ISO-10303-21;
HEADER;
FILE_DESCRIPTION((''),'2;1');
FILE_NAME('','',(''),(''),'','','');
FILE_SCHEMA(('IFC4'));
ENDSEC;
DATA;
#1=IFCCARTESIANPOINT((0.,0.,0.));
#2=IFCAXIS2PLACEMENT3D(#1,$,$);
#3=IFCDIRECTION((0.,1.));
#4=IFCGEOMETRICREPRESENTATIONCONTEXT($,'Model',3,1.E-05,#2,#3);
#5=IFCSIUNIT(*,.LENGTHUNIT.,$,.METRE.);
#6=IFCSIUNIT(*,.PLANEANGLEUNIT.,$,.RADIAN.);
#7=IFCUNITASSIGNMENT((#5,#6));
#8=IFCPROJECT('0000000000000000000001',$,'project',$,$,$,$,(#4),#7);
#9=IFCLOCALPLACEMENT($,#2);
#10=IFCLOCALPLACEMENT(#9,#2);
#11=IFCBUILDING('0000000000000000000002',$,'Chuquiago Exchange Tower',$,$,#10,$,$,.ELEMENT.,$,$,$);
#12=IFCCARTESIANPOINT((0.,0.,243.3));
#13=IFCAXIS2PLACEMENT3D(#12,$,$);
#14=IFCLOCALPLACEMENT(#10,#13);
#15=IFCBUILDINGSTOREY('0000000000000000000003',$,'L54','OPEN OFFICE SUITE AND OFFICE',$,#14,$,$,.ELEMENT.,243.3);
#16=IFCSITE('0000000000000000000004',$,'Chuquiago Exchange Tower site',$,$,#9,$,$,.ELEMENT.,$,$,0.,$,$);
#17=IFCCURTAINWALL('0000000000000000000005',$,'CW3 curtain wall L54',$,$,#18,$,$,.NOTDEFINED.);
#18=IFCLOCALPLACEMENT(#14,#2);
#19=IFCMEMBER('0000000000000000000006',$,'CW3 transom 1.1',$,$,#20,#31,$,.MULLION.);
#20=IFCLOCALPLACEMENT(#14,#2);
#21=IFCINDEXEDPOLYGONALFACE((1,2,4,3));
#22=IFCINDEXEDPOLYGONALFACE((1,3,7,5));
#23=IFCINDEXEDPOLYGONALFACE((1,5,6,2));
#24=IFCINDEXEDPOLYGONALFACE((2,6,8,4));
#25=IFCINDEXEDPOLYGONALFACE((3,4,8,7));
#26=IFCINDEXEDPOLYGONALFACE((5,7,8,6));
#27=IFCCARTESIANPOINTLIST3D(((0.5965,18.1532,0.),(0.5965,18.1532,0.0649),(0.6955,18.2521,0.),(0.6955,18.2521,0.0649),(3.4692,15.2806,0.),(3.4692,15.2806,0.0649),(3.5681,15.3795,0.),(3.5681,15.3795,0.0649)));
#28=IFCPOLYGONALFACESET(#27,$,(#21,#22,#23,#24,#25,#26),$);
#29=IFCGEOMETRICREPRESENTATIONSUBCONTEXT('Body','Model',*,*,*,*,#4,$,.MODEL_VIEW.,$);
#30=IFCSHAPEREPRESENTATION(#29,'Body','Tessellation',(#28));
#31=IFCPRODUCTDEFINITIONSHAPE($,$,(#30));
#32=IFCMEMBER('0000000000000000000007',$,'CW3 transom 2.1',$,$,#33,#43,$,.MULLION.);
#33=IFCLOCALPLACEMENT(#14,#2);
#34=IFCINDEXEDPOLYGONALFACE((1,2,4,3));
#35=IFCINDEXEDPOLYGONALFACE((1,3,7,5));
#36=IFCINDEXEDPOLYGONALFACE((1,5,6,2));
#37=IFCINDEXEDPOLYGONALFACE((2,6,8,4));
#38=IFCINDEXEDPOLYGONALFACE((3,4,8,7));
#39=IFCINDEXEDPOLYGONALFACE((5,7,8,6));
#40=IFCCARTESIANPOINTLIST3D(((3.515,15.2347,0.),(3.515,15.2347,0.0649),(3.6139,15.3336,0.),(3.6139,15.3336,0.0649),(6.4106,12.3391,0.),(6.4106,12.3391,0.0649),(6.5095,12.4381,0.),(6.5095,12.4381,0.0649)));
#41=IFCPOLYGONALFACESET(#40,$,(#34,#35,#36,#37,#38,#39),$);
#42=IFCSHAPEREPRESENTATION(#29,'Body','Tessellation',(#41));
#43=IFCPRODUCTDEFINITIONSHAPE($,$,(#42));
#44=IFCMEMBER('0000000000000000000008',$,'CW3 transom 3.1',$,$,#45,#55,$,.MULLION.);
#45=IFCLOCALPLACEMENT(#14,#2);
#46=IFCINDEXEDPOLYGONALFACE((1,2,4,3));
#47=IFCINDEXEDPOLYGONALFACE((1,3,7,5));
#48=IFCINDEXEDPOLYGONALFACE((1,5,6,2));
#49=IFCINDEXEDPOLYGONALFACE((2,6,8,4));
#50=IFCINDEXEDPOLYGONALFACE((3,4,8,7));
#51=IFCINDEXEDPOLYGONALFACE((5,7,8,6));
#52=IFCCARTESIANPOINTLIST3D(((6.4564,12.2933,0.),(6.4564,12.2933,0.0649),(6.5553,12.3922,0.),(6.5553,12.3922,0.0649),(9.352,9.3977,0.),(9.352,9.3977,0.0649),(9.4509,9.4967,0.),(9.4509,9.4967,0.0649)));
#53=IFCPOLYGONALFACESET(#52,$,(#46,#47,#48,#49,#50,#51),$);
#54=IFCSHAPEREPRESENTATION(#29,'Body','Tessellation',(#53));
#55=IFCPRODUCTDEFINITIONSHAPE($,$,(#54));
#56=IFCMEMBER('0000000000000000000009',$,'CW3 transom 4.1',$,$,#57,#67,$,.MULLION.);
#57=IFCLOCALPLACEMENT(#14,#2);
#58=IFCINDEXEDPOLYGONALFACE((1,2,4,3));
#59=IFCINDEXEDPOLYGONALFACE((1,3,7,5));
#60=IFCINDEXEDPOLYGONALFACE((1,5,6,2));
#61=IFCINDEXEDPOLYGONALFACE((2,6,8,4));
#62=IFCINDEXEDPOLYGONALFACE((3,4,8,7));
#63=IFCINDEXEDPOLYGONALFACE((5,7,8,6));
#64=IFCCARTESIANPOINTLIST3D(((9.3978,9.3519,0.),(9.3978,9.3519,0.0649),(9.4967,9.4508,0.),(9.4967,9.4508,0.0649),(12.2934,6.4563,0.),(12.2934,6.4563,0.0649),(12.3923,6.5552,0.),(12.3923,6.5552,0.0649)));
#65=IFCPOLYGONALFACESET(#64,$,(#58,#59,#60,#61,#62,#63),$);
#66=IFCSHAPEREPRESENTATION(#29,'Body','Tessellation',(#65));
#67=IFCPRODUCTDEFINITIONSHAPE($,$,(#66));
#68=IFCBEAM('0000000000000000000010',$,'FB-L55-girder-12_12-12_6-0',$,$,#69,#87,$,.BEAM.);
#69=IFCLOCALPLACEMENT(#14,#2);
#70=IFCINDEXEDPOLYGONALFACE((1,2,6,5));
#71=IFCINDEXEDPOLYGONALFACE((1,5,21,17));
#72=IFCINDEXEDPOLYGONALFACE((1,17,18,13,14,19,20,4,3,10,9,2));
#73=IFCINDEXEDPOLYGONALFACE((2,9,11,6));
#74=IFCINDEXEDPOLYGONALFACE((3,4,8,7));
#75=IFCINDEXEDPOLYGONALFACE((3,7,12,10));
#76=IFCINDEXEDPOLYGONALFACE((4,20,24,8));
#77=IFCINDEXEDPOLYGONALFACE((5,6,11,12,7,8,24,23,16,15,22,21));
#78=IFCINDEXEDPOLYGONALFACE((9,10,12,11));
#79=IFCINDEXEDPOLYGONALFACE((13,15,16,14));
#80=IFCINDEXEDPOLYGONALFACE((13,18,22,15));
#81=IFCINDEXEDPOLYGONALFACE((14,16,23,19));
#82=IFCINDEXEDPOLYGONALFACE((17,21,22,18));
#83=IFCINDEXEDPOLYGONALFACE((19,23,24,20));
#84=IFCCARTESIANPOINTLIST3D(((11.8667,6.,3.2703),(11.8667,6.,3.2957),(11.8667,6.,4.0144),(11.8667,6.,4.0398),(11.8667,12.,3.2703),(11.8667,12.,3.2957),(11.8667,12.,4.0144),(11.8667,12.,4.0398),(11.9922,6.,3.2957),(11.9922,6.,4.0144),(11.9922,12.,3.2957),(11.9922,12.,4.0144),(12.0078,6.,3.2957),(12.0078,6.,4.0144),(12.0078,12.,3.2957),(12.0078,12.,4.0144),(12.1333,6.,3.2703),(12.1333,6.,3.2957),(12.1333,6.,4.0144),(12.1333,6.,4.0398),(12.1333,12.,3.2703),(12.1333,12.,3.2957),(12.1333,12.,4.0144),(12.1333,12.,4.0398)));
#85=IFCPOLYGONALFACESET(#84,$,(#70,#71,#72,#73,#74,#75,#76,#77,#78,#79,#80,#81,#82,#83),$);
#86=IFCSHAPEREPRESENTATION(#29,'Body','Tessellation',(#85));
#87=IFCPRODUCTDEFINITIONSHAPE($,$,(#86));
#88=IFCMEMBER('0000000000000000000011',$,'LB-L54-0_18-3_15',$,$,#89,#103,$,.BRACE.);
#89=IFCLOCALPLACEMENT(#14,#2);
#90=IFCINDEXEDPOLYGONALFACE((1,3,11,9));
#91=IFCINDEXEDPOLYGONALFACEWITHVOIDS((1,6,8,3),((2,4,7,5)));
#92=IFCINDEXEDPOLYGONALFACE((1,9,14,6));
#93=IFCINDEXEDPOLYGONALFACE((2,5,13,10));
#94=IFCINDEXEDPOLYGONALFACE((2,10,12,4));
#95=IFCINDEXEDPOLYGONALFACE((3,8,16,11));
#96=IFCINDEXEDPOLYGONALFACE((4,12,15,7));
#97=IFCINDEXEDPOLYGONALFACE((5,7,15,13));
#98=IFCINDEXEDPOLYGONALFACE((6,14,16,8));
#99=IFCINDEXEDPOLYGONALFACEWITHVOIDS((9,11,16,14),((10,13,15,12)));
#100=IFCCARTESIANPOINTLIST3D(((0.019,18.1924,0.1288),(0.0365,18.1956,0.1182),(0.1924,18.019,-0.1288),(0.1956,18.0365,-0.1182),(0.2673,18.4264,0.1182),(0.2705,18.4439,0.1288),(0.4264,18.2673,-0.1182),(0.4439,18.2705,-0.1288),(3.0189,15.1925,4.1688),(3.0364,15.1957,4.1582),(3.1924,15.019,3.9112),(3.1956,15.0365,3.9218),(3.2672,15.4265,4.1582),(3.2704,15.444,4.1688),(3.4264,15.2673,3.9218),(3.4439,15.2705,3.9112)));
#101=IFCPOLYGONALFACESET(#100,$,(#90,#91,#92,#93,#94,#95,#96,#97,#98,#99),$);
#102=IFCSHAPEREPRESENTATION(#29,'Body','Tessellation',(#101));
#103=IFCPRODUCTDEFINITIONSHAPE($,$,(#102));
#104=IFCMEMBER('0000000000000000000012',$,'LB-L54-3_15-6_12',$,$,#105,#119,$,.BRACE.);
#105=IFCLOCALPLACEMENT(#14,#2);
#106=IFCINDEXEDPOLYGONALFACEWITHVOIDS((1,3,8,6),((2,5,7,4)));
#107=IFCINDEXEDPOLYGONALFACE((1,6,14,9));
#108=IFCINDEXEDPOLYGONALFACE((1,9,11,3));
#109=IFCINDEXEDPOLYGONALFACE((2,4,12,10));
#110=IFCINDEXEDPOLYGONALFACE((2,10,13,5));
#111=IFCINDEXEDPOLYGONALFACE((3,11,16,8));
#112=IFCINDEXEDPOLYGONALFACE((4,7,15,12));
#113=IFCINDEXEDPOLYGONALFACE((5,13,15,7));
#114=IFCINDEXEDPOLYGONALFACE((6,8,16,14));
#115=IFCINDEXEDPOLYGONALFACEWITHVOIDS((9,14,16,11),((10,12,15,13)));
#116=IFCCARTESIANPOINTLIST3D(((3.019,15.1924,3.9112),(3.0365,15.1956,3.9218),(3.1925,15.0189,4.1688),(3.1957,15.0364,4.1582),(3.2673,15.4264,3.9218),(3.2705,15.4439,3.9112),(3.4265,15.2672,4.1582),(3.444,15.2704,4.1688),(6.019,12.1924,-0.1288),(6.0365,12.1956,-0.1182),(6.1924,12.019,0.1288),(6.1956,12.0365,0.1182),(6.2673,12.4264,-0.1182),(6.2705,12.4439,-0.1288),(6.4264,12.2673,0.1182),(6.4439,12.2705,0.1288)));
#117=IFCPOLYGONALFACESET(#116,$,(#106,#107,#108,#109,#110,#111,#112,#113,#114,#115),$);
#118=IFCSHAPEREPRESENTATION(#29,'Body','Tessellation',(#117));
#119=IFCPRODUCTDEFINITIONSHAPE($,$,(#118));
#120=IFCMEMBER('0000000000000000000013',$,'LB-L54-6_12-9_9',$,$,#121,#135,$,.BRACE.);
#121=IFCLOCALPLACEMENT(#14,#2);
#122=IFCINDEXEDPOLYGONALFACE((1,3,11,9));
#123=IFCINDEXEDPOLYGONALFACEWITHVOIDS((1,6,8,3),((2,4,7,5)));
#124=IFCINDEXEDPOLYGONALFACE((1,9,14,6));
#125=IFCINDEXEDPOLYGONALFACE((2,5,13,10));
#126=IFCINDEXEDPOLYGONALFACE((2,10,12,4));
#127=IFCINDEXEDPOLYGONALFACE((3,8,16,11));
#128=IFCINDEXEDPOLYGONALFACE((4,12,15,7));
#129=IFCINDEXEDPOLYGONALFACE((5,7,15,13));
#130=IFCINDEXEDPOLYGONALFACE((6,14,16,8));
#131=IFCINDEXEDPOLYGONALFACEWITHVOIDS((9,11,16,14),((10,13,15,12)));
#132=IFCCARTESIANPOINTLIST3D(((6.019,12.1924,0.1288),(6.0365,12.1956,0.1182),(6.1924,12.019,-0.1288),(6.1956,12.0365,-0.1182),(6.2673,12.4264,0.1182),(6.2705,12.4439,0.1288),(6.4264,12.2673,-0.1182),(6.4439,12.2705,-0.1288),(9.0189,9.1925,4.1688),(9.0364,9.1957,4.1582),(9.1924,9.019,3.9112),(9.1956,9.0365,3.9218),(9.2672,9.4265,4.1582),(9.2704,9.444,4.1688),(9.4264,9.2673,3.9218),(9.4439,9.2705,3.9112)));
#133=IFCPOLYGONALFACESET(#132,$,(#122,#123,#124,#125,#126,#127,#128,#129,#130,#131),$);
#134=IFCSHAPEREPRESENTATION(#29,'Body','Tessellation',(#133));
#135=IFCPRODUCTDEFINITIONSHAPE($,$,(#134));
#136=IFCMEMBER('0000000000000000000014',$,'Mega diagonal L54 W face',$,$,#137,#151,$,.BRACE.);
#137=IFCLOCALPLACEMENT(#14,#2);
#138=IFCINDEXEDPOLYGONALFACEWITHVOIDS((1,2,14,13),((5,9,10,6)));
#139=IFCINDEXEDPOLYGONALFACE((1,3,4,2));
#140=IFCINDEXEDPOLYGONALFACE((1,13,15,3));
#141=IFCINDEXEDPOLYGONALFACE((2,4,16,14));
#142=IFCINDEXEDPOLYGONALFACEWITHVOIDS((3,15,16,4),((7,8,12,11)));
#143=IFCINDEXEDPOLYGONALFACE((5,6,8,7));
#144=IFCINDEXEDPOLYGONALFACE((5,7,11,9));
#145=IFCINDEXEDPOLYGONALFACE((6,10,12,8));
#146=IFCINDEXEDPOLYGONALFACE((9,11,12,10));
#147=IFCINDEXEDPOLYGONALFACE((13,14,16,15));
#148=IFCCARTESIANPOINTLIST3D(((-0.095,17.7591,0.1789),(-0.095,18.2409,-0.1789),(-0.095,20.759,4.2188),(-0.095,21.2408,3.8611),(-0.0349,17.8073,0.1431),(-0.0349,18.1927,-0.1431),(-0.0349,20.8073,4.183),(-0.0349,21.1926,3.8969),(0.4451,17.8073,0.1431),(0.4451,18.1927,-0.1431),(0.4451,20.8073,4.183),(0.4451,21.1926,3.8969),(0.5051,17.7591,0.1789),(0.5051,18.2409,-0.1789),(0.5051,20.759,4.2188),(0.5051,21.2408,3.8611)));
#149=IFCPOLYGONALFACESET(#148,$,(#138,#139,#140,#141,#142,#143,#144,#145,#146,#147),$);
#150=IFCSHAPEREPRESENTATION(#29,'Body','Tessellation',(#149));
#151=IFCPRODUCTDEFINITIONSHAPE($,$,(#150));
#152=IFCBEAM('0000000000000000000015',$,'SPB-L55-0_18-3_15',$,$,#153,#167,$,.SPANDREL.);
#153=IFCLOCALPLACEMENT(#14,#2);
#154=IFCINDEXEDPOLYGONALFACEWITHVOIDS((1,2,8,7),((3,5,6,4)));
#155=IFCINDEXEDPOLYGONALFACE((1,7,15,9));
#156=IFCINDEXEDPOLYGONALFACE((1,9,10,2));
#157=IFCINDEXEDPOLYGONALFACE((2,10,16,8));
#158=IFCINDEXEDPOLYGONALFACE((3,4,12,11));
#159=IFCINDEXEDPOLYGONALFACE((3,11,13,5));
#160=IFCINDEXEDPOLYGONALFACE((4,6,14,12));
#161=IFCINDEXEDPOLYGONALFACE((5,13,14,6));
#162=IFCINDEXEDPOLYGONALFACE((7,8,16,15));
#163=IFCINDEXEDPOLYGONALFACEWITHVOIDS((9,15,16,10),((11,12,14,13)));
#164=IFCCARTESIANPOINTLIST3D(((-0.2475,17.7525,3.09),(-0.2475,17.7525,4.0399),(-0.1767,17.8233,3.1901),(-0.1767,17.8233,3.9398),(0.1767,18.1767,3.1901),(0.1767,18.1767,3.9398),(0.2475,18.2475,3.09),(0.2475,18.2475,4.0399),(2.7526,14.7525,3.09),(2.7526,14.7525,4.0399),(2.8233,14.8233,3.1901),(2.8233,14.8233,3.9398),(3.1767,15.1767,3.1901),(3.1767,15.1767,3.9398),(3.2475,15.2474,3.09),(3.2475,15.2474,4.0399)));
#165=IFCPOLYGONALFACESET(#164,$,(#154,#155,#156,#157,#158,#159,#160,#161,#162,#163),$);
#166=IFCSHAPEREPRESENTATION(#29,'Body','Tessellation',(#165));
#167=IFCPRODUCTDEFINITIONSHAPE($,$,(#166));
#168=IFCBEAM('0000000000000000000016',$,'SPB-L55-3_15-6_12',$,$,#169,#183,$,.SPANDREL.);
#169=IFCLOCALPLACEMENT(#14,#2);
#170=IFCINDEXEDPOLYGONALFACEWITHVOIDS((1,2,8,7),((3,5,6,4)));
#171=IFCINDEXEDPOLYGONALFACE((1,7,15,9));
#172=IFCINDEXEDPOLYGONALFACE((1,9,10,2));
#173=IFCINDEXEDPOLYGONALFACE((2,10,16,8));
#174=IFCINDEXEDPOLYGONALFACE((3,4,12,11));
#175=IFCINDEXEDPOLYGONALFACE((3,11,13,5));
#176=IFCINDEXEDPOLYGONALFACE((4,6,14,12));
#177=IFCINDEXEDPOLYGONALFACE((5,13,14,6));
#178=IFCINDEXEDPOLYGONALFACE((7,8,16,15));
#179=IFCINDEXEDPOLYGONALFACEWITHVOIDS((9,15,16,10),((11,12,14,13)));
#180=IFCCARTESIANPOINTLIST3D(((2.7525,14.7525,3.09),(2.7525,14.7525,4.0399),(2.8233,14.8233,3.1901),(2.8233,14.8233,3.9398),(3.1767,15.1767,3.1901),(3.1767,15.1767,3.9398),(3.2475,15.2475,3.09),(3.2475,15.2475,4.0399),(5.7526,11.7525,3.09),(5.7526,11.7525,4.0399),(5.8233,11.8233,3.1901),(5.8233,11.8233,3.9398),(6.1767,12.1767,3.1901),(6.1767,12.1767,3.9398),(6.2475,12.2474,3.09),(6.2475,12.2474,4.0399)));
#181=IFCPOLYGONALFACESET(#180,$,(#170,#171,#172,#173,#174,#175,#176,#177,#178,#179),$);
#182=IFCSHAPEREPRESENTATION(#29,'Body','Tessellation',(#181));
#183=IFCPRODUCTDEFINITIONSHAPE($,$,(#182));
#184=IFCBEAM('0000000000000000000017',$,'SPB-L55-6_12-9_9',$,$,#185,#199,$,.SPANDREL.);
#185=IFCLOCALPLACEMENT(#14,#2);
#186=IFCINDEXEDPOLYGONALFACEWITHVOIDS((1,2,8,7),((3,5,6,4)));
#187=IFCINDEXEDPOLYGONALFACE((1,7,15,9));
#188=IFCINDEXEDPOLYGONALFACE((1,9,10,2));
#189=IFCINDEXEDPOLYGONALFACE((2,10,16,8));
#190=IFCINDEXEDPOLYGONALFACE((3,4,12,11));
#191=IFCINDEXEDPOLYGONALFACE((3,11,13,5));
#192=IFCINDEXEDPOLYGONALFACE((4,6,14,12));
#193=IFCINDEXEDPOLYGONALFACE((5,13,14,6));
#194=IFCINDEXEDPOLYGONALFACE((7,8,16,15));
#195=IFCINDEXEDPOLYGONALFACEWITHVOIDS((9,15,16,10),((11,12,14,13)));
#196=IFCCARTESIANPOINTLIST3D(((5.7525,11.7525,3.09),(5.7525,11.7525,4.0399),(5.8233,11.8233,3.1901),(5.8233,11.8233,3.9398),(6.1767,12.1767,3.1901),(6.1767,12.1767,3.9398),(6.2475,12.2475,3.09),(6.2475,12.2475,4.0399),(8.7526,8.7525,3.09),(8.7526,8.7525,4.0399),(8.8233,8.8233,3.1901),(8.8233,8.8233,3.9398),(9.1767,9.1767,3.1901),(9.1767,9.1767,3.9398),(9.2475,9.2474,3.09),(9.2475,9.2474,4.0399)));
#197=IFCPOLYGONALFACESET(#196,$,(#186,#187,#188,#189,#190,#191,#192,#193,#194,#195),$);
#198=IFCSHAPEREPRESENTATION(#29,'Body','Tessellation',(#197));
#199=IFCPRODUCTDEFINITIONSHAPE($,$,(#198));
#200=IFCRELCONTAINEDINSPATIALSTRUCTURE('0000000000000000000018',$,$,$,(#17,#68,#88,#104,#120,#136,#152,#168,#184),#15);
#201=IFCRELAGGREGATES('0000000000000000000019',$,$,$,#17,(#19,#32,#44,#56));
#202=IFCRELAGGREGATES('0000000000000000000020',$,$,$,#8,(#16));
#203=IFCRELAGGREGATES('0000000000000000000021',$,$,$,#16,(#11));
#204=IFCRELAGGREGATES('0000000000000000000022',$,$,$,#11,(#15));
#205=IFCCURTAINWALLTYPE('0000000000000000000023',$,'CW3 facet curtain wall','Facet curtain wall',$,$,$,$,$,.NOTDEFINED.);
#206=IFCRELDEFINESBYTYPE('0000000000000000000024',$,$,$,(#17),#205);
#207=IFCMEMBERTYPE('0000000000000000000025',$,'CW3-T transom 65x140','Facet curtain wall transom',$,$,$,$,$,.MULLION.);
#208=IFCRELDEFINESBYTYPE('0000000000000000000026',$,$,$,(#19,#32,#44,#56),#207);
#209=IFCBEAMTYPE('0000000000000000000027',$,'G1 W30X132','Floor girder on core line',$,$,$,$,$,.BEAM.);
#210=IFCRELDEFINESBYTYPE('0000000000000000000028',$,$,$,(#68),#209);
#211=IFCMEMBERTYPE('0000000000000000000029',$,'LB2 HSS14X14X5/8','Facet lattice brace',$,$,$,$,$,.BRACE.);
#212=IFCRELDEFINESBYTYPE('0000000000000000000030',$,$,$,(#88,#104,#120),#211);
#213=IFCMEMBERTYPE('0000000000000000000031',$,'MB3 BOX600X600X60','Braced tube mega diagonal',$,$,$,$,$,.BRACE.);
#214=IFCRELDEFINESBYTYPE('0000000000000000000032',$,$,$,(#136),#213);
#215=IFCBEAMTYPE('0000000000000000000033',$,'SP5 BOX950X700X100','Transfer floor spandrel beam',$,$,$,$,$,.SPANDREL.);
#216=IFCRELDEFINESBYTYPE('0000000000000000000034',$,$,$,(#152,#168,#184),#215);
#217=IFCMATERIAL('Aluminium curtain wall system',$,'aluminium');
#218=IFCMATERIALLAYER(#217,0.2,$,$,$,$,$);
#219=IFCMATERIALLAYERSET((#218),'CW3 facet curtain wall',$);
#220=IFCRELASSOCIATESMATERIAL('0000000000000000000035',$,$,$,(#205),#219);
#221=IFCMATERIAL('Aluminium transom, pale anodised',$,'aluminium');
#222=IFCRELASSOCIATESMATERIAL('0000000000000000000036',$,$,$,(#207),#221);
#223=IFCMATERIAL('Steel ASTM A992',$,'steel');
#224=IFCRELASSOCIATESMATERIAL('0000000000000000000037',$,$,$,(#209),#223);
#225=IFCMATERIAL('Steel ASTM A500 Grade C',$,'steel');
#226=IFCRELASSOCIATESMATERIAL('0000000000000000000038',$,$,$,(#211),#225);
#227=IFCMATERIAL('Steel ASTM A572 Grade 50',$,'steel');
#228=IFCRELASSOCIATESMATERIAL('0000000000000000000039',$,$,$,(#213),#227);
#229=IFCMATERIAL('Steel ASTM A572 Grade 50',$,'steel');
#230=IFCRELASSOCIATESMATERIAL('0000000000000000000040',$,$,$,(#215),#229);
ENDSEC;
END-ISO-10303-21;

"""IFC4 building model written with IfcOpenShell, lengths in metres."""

from ifc_helpers import new_model, si_unit, direction, frame, origin, origin_2d, place, context, subcontext, project, spatial, rectangle, hollow_rectangle, i_section, extrude, material, layer, layer_set, material_profile, profile_set, type_object, element, aggregate, save


model = new_model("IFC4")

# Units and contexts
model_context = context("Model", 3, precision=1e-05, world=origin(), true_north=direction((0.0, 1.0)))
body_context = subcontext(model_context, "Body", "Model", "MODEL_VIEW")
ifc_project = project(units=[si_unit("LENGTHUNIT", "METRE"), si_unit("PLANEANGLEUNIT", "RADIAN")], contexts=[model_context])

# Site, building, storey
site_placement = place(None, origin())
site = spatial("IfcSite", under=ifc_project, at=site_placement, Name="Chuquiago Exchange Tower site", CompositionType="ELEMENT", RefElevation=0.0)
building_placement = place(site_placement, origin())
building = spatial("IfcBuilding", under=site, at=building_placement, Name="Chuquiago Exchange Tower", CompositionType="ELEMENT")
storey_placement = place(building_placement, frame((0.0, 0.0, 243.3)))
storey = spatial("IfcBuildingStorey", under=building, at=storey_placement, Name="L54", Description="OPEN OFFICE SUITE AND OFFICE", CompositionType="ELEMENT", Elevation=243.3)

# Curtain wall, members
ifc_material_1 = material(Name="Aluminium curtain wall system", Category="aluminium")
ifc_layer_1 = layer(ifc_material_1, 0.2)
ifc_layer_set_1 = layer_set([ifc_layer_1], Name="CW3 facet curtain wall")
curtain_wall_type = type_object("IfcCurtainWallType", Name="CW3 facet curtain wall", Description="Facet curtain wall", PredefinedType="NOTDEFINED", material=ifc_layer_set_1)
curtain_wall_placement = place(storey_placement, origin())
curtain_wall = element("IfcCurtainWall", 1, at=curtain_wall_placement, inside=storey, type_object=curtain_wall_type, Name="CW3 curtain wall L54", PredefinedType="NOTDEFINED")
ifc_material_2 = material(Name="Aluminium transom, pale anodised", Category="aluminium")
ifc_material_profile_1 = material_profile(ifc_material_2, rectangle(XDim=0.1399, YDim=0.0649, at=origin_2d()), Name="AL 140x65")
ifc_profile_set_1 = profile_set([ifc_material_profile_1], Name="Aluminium transom, pale anodised")
member_type_1 = type_object("IfcMemberType", Name="CW3-T transom 65x140", Description="Facet curtain wall transom", PredefinedType="MULLION", material=ifc_profile_set_1)
member_1_placement = place(storey_placement, frame((0.646, 18.2026, 0.0325), z_axis=(0.707107, -0.707107, 0.0), x_axis=(0.707107, 0.707107, 0.0)))
member_1 = element("IfcMember", 2, at=member_1_placement, type_object=member_type_1, Name="CW3 transom 1.1", PredefinedType="MULLION", context=body_context, shape_type="SweptSolid", body=[
    extrude(rectangle(XDim=0.1399, YDim=0.0649, at=origin_2d()), origin(), (0.0, 0.0, 1.0), 4.0625),
])
member_2_placement = place(storey_placement, frame((3.5645, 15.2842, 0.0325), z_axis=(0.707107, -0.707107, 0.0), x_axis=(0.707107, 0.707107, 0.0)))
member_2 = element("IfcMember", 3, at=member_2_placement, type_object=member_type_1, Name="CW3 transom 2.1", PredefinedType="MULLION", context=body_context, shape_type="SweptSolid", body=[
    extrude(rectangle(XDim=0.1399, YDim=0.0649, at=origin_2d()), origin(), (0.0, 0.0, 1.0), 4.095),
])
member_3_placement = place(storey_placement, frame((6.5059, 12.3428, 0.0325), z_axis=(0.707107, -0.707107, 0.0), x_axis=(0.707107, 0.707107, 0.0)))
member_3 = element("IfcMember", 4, at=member_3_placement, type_object=member_type_1, Name="CW3 transom 3.1", PredefinedType="MULLION", context=body_context, shape_type="SweptSolid", body=[
    extrude(rectangle(XDim=0.1399, YDim=0.0649, at=origin_2d()), origin(), (0.0, 0.0, 1.0), 4.095),
])
member_4_placement = place(storey_placement, frame((9.4473, 9.4014, 0.0325), z_axis=(0.707107, -0.707107, 0.0), x_axis=(0.707107, 0.707107, 0.0)))
member_4 = element("IfcMember", 5, at=member_4_placement, type_object=member_type_1, Name="CW3 transom 4.1", PredefinedType="MULLION", context=body_context, shape_type="SweptSolid", body=[
    extrude(rectangle(XDim=0.1399, YDim=0.0649, at=origin_2d()), origin(), (0.0, 0.0, 1.0), 4.095),
])

# Beam
ifc_material_3 = material(Name="Steel ASTM A992", Category="steel")
ifc_material_profile_2 = material_profile(ifc_material_3, i_section(OverallWidth=0.2666, OverallDepth=0.7695, WebThickness=0.0156, FlangeThickness=0.0254, at=origin_2d()), Name="W30X132")
ifc_profile_set_2 = profile_set([ifc_material_profile_2], Name="Steel ASTM A992")
beam_type_1 = type_object("IfcBeamType", Name="G1 W30X132", Description="Floor girder on core line", PredefinedType="BEAM", material=ifc_profile_set_2)
beam_1_placement = place(storey_placement, frame((12.0, 12.0, 3.655), z_axis=(0.0, -1.0, 0.0), x_axis=(1.0, 0.0, 0.0)))
element("IfcBeam", 6, at=beam_1_placement, inside=storey, type_object=beam_type_1, Name="FB-L55-girder-12_12-12_6-0", PredefinedType="BEAM", context=body_context, shape_type="SweptSolid", body=[
    extrude(i_section(OverallWidth=0.2666, OverallDepth=0.7695, WebThickness=0.0156, FlangeThickness=0.0254, at=origin_2d()), origin(), (0.0, 0.0, 1.0), 6.0),
])

# Members
ifc_material_4 = material(Name="Steel ASTM A500 Grade C", Category="steel")
ifc_material_profile_3 = material_profile(ifc_material_4, hollow_rectangle(XDim=0.3557, YDim=0.3557, WallThickness=0.0146, at=origin_2d()), Name="HSS14X14X5/8")
ifc_profile_set_3 = profile_set([ifc_material_profile_3], Name="Steel ASTM A500 Grade C")
member_type_2 = type_object("IfcMemberType", Name="LB2 HSS14X14X5/8", Description="Facet lattice brace", PredefinedType="BRACE", material=ifc_profile_set_3)
for number, where, z_axis, x_axis, name in (
    (7, (0.2314, 18.2314, 0.0), (0.512077, -0.512077, 0.689604), (0.707107, 0.707107, 0.0), "LB-L54-0_18-3_15"),
    (8, (6.2314, 12.2314, 0.0), (-0.512077, 0.512077, 0.689604), (-0.707107, -0.707107, 0.0), "LB-L54-3_15-6_12"),
    (9, (6.2314, 12.2314, 0.0), (0.512077, -0.512077, 0.689604), (0.707107, 0.707107, 0.0), "LB-L54-6_12-9_9"),
):
    element("IfcMember", number, at=place(storey_placement, frame(where, z_axis=z_axis, x_axis=x_axis)), inside=storey, type_object=member_type_2, Name=name, PredefinedType="BRACE", context=body_context, shape_type="SweptSolid", body=[
        extrude(hollow_rectangle(XDim=0.3557, YDim=0.3557, WallThickness=0.0146, at=origin_2d()), origin(), (0.0, 0.0, 1.0), 5.8584),
    ])
ifc_material_5 = material(Name="Steel ASTM A572 Grade 50", Category="steel")
ifc_material_profile_4 = material_profile(ifc_material_5, hollow_rectangle(XDim=0.6001, YDim=0.6001, WallThickness=0.0601, at=origin_2d()), Name="BOX600X600X60")
ifc_profile_set_4 = profile_set([ifc_material_profile_4], Name="Steel ASTM A572 Grade 50")
member_type_3 = type_object("IfcMemberType", Name="MB3 BOX600X600X60", Description="Braced tube mega diagonal", PredefinedType="BRACE", material=ifc_profile_set_4)
member_5_placement = place(storey_placement, frame((0.2051, 18.0, 0.0), z_axis=(0.0, 0.596174, 0.802855), x_axis=(-1.0, 0.0, 0.0)))
element("IfcMember", 10, at=member_5_placement, inside=storey, type_object=member_type_3, Name="Mega diagonal L54 W face", PredefinedType="BRACE", context=body_context, shape_type="SweptSolid", body=[
    extrude(hollow_rectangle(XDim=0.6001, YDim=0.6001, WallThickness=0.0601, at=origin_2d()), origin(), (0.0, 0.0, 1.0), 5.032),
])

# Beams
ifc_material_6 = material(Name="Steel ASTM A572 Grade 50", Category="steel")
ifc_material_profile_5 = material_profile(ifc_material_6, hollow_rectangle(XDim=0.7, YDim=0.95, WallThickness=0.1001, at=origin_2d()), Name="BOX950X700X100")
ifc_profile_set_5 = profile_set([ifc_material_profile_5], Name="Steel ASTM A572 Grade 50")
beam_type_2 = type_object("IfcBeamType", Name="SP5 BOX950X700X100", Description="Transfer floor spandrel beam", PredefinedType="SPANDREL", material=ifc_profile_set_5)
for number, where, z_axis, x_axis, name in (
    (11, (0.0, 18.0, 3.5649), (0.707107, -0.707107, 0.0), (0.707107, 0.707107, 0.0), "SPB-L55-0_18-3_15"),
    (12, (3.0, 15.0, 3.5649), (0.707107, -0.707107, 0.0), (0.707107, 0.707107, 0.0), "SPB-L55-3_15-6_12"),
    (13, (6.0, 12.0, 3.5649), (0.707107, -0.707107, 0.0), (0.707107, 0.707107, 0.0), "SPB-L55-6_12-9_9"),
):
    element("IfcBeam", number, at=place(storey_placement, frame(where, z_axis=z_axis, x_axis=x_axis)), inside=storey, type_object=beam_type_2, Name=name, PredefinedType="SPANDREL", context=body_context, shape_type="SweptSolid", body=[
        extrude(hollow_rectangle(XDim=0.7, YDim=0.95, WallThickness=0.1001, at=origin_2d()), origin(), (0.0, 0.0, 1.0), 4.2427),
    ])

aggregate(curtain_wall, [member_1, member_2, member_3, member_4])

save(model, "model.ifc")
